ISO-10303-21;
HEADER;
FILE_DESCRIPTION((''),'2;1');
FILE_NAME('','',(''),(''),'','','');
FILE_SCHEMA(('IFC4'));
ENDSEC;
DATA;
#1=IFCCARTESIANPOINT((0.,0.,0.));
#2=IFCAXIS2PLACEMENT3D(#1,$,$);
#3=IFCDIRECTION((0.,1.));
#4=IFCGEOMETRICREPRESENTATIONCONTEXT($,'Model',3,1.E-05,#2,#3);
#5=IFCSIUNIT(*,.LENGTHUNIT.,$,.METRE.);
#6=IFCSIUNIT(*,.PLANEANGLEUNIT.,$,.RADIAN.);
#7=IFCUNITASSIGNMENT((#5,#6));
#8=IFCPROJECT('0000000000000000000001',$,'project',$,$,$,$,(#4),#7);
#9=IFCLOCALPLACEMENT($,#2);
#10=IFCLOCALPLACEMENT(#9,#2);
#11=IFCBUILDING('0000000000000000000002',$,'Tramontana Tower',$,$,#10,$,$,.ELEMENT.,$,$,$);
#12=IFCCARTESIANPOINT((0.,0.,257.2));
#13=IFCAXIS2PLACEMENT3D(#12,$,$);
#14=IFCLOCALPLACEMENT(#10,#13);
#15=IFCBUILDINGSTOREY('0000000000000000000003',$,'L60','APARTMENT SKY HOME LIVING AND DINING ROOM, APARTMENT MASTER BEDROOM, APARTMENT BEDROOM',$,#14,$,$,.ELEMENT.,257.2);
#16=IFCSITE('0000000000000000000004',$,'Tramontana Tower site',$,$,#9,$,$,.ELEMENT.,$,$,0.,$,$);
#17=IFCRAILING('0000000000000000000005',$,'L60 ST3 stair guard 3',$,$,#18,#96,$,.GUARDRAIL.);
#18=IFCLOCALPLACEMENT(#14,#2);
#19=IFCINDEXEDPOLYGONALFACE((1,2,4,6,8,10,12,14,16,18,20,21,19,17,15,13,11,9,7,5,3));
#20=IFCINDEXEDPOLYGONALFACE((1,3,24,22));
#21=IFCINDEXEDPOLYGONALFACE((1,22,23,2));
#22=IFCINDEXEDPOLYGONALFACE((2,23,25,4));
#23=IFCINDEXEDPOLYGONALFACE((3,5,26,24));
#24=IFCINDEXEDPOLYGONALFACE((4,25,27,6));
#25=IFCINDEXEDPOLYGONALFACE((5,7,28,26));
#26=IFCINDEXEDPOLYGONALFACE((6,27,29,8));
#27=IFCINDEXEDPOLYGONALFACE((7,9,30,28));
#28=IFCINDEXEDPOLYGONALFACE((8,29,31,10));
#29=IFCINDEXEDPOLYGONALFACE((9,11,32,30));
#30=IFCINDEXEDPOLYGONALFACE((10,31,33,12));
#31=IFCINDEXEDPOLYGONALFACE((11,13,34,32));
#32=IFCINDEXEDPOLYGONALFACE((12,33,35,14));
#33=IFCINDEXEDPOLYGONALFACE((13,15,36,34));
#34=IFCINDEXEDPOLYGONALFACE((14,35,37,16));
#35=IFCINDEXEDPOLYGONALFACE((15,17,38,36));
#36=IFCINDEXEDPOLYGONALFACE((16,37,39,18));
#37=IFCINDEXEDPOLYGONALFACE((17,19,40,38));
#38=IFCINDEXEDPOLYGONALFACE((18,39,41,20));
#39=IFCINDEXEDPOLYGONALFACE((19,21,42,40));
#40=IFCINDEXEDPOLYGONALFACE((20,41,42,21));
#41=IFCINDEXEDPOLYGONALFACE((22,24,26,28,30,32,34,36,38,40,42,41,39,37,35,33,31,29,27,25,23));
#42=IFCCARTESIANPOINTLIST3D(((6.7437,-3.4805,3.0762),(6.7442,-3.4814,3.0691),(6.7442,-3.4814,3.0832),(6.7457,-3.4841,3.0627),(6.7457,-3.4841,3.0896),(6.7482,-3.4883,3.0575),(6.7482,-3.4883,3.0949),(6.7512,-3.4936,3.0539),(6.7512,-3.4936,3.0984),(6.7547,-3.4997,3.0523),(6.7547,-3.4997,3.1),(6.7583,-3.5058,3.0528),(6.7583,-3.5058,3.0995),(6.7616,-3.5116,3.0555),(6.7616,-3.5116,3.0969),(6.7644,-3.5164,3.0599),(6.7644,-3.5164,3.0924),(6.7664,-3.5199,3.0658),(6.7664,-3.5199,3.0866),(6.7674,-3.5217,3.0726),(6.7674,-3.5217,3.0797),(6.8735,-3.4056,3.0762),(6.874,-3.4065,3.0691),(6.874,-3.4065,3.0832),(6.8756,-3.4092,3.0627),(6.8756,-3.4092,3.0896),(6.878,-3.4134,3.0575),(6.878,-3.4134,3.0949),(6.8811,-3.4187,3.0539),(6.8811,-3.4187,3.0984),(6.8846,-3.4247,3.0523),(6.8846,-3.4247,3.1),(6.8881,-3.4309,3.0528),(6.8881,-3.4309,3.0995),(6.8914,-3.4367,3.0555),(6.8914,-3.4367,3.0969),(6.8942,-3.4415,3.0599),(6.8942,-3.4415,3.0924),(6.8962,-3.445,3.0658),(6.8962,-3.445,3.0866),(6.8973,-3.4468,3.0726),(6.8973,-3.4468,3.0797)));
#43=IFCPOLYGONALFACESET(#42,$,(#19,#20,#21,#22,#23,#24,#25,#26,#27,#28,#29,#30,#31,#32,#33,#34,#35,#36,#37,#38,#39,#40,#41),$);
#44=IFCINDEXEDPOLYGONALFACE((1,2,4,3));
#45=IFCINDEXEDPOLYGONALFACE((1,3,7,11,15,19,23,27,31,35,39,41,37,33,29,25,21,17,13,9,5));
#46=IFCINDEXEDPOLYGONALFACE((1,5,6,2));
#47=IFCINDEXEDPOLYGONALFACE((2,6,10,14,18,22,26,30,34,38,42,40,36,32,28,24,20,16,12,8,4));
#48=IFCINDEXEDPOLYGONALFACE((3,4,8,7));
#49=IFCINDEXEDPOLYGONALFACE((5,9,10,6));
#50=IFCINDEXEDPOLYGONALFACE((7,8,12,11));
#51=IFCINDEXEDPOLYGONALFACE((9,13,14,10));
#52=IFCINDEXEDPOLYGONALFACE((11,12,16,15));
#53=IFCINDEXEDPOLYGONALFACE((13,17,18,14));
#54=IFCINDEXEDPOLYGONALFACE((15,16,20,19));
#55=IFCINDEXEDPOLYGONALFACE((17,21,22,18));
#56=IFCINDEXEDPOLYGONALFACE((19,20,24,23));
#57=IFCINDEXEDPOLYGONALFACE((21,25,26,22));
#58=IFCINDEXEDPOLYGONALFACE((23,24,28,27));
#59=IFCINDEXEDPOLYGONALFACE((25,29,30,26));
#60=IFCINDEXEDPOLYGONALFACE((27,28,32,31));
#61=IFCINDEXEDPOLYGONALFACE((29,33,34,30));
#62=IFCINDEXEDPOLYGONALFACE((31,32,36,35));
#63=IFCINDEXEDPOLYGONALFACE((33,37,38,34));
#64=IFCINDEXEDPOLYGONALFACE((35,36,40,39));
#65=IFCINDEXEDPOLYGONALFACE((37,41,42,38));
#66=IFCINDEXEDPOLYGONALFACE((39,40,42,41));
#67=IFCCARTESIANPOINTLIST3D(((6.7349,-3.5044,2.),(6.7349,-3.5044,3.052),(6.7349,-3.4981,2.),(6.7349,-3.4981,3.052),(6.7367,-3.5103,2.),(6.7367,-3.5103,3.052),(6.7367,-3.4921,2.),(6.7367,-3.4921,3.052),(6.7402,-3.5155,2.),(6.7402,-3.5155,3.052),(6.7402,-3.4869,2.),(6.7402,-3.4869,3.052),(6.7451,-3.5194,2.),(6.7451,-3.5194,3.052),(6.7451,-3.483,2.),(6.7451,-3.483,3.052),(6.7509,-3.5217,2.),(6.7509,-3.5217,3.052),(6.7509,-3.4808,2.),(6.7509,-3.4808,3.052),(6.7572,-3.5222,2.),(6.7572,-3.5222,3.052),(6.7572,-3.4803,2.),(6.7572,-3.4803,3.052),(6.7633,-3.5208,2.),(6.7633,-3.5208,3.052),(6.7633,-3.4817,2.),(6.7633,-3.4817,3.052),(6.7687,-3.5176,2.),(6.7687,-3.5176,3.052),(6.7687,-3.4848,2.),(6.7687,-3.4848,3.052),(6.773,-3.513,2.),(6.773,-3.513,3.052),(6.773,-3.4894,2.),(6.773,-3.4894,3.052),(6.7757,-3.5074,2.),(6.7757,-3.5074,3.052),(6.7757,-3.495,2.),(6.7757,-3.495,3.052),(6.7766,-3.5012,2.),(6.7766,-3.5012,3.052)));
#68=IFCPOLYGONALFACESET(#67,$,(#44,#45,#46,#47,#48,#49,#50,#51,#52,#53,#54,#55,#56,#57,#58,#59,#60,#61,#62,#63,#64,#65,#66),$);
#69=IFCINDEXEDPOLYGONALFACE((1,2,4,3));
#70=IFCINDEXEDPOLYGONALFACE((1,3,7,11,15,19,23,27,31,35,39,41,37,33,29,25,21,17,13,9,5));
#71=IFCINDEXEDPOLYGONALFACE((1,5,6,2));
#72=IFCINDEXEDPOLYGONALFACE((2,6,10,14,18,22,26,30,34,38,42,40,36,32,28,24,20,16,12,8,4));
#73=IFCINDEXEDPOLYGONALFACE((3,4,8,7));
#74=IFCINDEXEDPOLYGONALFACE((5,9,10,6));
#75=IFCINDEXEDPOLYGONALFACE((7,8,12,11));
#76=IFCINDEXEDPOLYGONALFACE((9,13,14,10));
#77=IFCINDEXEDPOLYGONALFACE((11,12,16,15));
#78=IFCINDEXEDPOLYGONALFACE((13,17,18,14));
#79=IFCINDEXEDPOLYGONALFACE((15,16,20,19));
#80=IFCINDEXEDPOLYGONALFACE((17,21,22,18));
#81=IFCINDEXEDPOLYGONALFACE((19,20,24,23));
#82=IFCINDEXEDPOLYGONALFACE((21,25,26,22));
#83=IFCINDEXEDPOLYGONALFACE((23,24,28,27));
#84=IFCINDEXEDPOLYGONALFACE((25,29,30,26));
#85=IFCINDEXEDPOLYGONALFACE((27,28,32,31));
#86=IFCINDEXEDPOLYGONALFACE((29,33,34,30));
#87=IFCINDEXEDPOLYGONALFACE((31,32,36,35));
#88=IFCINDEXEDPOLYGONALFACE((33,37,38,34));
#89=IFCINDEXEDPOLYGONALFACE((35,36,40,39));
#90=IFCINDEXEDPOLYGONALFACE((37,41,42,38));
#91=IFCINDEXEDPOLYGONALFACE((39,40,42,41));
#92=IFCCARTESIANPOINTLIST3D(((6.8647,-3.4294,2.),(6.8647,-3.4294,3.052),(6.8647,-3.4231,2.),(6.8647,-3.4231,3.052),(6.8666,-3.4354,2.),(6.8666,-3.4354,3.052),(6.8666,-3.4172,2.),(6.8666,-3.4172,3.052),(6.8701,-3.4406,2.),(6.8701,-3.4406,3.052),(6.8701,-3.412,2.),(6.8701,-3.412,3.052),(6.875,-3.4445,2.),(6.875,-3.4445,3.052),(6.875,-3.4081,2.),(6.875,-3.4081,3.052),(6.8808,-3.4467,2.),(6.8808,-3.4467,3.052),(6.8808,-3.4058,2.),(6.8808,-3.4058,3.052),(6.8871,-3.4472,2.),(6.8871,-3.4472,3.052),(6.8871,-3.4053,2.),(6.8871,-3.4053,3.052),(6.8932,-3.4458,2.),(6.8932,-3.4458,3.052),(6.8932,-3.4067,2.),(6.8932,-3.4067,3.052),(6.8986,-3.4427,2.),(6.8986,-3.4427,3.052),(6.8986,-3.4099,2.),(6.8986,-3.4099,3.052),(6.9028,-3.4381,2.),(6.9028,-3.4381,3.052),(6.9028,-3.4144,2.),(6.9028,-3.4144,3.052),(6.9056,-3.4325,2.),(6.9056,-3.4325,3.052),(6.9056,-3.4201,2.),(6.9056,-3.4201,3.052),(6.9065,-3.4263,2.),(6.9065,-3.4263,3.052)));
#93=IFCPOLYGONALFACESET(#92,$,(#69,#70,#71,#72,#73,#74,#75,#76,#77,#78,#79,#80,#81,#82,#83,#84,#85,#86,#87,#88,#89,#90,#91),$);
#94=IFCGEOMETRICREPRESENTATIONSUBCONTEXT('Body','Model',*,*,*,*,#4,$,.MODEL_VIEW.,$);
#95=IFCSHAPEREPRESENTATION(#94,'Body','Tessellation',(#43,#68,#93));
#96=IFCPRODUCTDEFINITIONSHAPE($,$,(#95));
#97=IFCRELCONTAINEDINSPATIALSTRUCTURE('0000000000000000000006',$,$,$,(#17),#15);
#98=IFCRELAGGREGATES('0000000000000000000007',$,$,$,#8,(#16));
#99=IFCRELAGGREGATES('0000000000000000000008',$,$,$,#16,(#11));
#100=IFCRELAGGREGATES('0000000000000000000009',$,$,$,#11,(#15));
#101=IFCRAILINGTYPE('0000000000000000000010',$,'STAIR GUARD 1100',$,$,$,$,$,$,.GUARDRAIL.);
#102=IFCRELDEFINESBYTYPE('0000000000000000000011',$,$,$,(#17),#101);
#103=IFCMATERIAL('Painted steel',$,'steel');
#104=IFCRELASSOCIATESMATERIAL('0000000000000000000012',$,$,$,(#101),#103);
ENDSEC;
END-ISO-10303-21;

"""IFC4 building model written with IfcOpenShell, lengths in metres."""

from ifc_helpers import new_model, si_unit, direction, frame, origin, origin_2d, place, context, subcontext, project, spatial, circle, extrude, material, type_object, element, save


model = new_model("IFC4")

# Units and contexts
model_context = context("Model", 3, precision=1e-05, world=origin(), true_north=direction((0.0, 1.0)))
body_context = subcontext(model_context, "Body", "Model", "MODEL_VIEW")
ifc_project = project(units=[si_unit("LENGTHUNIT", "METRE"), si_unit("PLANEANGLEUNIT", "RADIAN")], contexts=[model_context])

# Site, building, storey
site_placement = place(None, origin())
site = spatial("IfcSite", under=ifc_project, at=site_placement, Name="Tramontana Tower site", CompositionType="ELEMENT", RefElevation=0.0)
building_placement = place(site_placement, origin())
building = spatial("IfcBuilding", under=site, at=building_placement, Name="Tramontana Tower", CompositionType="ELEMENT")
storey_placement = place(building_placement, frame((0.0, 0.0, 257.2)))
storey = spatial("IfcBuildingStorey", under=building, at=storey_placement, Name="L60", Description="APARTMENT SKY HOME LIVING AND DINING ROOM, APARTMENT MASTER BEDROOM, APARTMENT BEDROOM", CompositionType="ELEMENT", Elevation=257.2)

# Railing
ifc_material_1 = material(Name="Painted steel", Category="steel")
railing_type_1 = type_object("IfcRailingType", Name="STAIR GUARD 1100", PredefinedType="GUARDRAIL", material=ifc_material_1)
railing_1_placement = place(storey_placement, frame((6.7556, -3.5012, 2.0)))
element("IfcRailing", 1, at=railing_1_placement, inside=storey, type_object=railing_type_1, Name="L60 ST3 stair guard 3", PredefinedType="GUARDRAIL", context=body_context, shape_type="SweptSolid", body=[
    extrude(circle(Radius=0.0239, at=origin_2d()), frame((0.0, 0.0, 1.0762), z_axis=(0.866131, 0.499816, 0.0), x_axis=(-0.499816, 0.866131, 0.0)), (0.0, 0.0, 1.0), 0.1499),
    extrude(circle(Radius=0.021, at=origin_2d()), origin(), (0.0, 0.0, 1.0), 1.052),
    extrude(circle(Radius=0.021, at=origin_2d()), frame((0.1299, 0.075, 0.0)), (0.0, 0.0, 1.0), 1.052),
])

save(model, "model.ifc")
